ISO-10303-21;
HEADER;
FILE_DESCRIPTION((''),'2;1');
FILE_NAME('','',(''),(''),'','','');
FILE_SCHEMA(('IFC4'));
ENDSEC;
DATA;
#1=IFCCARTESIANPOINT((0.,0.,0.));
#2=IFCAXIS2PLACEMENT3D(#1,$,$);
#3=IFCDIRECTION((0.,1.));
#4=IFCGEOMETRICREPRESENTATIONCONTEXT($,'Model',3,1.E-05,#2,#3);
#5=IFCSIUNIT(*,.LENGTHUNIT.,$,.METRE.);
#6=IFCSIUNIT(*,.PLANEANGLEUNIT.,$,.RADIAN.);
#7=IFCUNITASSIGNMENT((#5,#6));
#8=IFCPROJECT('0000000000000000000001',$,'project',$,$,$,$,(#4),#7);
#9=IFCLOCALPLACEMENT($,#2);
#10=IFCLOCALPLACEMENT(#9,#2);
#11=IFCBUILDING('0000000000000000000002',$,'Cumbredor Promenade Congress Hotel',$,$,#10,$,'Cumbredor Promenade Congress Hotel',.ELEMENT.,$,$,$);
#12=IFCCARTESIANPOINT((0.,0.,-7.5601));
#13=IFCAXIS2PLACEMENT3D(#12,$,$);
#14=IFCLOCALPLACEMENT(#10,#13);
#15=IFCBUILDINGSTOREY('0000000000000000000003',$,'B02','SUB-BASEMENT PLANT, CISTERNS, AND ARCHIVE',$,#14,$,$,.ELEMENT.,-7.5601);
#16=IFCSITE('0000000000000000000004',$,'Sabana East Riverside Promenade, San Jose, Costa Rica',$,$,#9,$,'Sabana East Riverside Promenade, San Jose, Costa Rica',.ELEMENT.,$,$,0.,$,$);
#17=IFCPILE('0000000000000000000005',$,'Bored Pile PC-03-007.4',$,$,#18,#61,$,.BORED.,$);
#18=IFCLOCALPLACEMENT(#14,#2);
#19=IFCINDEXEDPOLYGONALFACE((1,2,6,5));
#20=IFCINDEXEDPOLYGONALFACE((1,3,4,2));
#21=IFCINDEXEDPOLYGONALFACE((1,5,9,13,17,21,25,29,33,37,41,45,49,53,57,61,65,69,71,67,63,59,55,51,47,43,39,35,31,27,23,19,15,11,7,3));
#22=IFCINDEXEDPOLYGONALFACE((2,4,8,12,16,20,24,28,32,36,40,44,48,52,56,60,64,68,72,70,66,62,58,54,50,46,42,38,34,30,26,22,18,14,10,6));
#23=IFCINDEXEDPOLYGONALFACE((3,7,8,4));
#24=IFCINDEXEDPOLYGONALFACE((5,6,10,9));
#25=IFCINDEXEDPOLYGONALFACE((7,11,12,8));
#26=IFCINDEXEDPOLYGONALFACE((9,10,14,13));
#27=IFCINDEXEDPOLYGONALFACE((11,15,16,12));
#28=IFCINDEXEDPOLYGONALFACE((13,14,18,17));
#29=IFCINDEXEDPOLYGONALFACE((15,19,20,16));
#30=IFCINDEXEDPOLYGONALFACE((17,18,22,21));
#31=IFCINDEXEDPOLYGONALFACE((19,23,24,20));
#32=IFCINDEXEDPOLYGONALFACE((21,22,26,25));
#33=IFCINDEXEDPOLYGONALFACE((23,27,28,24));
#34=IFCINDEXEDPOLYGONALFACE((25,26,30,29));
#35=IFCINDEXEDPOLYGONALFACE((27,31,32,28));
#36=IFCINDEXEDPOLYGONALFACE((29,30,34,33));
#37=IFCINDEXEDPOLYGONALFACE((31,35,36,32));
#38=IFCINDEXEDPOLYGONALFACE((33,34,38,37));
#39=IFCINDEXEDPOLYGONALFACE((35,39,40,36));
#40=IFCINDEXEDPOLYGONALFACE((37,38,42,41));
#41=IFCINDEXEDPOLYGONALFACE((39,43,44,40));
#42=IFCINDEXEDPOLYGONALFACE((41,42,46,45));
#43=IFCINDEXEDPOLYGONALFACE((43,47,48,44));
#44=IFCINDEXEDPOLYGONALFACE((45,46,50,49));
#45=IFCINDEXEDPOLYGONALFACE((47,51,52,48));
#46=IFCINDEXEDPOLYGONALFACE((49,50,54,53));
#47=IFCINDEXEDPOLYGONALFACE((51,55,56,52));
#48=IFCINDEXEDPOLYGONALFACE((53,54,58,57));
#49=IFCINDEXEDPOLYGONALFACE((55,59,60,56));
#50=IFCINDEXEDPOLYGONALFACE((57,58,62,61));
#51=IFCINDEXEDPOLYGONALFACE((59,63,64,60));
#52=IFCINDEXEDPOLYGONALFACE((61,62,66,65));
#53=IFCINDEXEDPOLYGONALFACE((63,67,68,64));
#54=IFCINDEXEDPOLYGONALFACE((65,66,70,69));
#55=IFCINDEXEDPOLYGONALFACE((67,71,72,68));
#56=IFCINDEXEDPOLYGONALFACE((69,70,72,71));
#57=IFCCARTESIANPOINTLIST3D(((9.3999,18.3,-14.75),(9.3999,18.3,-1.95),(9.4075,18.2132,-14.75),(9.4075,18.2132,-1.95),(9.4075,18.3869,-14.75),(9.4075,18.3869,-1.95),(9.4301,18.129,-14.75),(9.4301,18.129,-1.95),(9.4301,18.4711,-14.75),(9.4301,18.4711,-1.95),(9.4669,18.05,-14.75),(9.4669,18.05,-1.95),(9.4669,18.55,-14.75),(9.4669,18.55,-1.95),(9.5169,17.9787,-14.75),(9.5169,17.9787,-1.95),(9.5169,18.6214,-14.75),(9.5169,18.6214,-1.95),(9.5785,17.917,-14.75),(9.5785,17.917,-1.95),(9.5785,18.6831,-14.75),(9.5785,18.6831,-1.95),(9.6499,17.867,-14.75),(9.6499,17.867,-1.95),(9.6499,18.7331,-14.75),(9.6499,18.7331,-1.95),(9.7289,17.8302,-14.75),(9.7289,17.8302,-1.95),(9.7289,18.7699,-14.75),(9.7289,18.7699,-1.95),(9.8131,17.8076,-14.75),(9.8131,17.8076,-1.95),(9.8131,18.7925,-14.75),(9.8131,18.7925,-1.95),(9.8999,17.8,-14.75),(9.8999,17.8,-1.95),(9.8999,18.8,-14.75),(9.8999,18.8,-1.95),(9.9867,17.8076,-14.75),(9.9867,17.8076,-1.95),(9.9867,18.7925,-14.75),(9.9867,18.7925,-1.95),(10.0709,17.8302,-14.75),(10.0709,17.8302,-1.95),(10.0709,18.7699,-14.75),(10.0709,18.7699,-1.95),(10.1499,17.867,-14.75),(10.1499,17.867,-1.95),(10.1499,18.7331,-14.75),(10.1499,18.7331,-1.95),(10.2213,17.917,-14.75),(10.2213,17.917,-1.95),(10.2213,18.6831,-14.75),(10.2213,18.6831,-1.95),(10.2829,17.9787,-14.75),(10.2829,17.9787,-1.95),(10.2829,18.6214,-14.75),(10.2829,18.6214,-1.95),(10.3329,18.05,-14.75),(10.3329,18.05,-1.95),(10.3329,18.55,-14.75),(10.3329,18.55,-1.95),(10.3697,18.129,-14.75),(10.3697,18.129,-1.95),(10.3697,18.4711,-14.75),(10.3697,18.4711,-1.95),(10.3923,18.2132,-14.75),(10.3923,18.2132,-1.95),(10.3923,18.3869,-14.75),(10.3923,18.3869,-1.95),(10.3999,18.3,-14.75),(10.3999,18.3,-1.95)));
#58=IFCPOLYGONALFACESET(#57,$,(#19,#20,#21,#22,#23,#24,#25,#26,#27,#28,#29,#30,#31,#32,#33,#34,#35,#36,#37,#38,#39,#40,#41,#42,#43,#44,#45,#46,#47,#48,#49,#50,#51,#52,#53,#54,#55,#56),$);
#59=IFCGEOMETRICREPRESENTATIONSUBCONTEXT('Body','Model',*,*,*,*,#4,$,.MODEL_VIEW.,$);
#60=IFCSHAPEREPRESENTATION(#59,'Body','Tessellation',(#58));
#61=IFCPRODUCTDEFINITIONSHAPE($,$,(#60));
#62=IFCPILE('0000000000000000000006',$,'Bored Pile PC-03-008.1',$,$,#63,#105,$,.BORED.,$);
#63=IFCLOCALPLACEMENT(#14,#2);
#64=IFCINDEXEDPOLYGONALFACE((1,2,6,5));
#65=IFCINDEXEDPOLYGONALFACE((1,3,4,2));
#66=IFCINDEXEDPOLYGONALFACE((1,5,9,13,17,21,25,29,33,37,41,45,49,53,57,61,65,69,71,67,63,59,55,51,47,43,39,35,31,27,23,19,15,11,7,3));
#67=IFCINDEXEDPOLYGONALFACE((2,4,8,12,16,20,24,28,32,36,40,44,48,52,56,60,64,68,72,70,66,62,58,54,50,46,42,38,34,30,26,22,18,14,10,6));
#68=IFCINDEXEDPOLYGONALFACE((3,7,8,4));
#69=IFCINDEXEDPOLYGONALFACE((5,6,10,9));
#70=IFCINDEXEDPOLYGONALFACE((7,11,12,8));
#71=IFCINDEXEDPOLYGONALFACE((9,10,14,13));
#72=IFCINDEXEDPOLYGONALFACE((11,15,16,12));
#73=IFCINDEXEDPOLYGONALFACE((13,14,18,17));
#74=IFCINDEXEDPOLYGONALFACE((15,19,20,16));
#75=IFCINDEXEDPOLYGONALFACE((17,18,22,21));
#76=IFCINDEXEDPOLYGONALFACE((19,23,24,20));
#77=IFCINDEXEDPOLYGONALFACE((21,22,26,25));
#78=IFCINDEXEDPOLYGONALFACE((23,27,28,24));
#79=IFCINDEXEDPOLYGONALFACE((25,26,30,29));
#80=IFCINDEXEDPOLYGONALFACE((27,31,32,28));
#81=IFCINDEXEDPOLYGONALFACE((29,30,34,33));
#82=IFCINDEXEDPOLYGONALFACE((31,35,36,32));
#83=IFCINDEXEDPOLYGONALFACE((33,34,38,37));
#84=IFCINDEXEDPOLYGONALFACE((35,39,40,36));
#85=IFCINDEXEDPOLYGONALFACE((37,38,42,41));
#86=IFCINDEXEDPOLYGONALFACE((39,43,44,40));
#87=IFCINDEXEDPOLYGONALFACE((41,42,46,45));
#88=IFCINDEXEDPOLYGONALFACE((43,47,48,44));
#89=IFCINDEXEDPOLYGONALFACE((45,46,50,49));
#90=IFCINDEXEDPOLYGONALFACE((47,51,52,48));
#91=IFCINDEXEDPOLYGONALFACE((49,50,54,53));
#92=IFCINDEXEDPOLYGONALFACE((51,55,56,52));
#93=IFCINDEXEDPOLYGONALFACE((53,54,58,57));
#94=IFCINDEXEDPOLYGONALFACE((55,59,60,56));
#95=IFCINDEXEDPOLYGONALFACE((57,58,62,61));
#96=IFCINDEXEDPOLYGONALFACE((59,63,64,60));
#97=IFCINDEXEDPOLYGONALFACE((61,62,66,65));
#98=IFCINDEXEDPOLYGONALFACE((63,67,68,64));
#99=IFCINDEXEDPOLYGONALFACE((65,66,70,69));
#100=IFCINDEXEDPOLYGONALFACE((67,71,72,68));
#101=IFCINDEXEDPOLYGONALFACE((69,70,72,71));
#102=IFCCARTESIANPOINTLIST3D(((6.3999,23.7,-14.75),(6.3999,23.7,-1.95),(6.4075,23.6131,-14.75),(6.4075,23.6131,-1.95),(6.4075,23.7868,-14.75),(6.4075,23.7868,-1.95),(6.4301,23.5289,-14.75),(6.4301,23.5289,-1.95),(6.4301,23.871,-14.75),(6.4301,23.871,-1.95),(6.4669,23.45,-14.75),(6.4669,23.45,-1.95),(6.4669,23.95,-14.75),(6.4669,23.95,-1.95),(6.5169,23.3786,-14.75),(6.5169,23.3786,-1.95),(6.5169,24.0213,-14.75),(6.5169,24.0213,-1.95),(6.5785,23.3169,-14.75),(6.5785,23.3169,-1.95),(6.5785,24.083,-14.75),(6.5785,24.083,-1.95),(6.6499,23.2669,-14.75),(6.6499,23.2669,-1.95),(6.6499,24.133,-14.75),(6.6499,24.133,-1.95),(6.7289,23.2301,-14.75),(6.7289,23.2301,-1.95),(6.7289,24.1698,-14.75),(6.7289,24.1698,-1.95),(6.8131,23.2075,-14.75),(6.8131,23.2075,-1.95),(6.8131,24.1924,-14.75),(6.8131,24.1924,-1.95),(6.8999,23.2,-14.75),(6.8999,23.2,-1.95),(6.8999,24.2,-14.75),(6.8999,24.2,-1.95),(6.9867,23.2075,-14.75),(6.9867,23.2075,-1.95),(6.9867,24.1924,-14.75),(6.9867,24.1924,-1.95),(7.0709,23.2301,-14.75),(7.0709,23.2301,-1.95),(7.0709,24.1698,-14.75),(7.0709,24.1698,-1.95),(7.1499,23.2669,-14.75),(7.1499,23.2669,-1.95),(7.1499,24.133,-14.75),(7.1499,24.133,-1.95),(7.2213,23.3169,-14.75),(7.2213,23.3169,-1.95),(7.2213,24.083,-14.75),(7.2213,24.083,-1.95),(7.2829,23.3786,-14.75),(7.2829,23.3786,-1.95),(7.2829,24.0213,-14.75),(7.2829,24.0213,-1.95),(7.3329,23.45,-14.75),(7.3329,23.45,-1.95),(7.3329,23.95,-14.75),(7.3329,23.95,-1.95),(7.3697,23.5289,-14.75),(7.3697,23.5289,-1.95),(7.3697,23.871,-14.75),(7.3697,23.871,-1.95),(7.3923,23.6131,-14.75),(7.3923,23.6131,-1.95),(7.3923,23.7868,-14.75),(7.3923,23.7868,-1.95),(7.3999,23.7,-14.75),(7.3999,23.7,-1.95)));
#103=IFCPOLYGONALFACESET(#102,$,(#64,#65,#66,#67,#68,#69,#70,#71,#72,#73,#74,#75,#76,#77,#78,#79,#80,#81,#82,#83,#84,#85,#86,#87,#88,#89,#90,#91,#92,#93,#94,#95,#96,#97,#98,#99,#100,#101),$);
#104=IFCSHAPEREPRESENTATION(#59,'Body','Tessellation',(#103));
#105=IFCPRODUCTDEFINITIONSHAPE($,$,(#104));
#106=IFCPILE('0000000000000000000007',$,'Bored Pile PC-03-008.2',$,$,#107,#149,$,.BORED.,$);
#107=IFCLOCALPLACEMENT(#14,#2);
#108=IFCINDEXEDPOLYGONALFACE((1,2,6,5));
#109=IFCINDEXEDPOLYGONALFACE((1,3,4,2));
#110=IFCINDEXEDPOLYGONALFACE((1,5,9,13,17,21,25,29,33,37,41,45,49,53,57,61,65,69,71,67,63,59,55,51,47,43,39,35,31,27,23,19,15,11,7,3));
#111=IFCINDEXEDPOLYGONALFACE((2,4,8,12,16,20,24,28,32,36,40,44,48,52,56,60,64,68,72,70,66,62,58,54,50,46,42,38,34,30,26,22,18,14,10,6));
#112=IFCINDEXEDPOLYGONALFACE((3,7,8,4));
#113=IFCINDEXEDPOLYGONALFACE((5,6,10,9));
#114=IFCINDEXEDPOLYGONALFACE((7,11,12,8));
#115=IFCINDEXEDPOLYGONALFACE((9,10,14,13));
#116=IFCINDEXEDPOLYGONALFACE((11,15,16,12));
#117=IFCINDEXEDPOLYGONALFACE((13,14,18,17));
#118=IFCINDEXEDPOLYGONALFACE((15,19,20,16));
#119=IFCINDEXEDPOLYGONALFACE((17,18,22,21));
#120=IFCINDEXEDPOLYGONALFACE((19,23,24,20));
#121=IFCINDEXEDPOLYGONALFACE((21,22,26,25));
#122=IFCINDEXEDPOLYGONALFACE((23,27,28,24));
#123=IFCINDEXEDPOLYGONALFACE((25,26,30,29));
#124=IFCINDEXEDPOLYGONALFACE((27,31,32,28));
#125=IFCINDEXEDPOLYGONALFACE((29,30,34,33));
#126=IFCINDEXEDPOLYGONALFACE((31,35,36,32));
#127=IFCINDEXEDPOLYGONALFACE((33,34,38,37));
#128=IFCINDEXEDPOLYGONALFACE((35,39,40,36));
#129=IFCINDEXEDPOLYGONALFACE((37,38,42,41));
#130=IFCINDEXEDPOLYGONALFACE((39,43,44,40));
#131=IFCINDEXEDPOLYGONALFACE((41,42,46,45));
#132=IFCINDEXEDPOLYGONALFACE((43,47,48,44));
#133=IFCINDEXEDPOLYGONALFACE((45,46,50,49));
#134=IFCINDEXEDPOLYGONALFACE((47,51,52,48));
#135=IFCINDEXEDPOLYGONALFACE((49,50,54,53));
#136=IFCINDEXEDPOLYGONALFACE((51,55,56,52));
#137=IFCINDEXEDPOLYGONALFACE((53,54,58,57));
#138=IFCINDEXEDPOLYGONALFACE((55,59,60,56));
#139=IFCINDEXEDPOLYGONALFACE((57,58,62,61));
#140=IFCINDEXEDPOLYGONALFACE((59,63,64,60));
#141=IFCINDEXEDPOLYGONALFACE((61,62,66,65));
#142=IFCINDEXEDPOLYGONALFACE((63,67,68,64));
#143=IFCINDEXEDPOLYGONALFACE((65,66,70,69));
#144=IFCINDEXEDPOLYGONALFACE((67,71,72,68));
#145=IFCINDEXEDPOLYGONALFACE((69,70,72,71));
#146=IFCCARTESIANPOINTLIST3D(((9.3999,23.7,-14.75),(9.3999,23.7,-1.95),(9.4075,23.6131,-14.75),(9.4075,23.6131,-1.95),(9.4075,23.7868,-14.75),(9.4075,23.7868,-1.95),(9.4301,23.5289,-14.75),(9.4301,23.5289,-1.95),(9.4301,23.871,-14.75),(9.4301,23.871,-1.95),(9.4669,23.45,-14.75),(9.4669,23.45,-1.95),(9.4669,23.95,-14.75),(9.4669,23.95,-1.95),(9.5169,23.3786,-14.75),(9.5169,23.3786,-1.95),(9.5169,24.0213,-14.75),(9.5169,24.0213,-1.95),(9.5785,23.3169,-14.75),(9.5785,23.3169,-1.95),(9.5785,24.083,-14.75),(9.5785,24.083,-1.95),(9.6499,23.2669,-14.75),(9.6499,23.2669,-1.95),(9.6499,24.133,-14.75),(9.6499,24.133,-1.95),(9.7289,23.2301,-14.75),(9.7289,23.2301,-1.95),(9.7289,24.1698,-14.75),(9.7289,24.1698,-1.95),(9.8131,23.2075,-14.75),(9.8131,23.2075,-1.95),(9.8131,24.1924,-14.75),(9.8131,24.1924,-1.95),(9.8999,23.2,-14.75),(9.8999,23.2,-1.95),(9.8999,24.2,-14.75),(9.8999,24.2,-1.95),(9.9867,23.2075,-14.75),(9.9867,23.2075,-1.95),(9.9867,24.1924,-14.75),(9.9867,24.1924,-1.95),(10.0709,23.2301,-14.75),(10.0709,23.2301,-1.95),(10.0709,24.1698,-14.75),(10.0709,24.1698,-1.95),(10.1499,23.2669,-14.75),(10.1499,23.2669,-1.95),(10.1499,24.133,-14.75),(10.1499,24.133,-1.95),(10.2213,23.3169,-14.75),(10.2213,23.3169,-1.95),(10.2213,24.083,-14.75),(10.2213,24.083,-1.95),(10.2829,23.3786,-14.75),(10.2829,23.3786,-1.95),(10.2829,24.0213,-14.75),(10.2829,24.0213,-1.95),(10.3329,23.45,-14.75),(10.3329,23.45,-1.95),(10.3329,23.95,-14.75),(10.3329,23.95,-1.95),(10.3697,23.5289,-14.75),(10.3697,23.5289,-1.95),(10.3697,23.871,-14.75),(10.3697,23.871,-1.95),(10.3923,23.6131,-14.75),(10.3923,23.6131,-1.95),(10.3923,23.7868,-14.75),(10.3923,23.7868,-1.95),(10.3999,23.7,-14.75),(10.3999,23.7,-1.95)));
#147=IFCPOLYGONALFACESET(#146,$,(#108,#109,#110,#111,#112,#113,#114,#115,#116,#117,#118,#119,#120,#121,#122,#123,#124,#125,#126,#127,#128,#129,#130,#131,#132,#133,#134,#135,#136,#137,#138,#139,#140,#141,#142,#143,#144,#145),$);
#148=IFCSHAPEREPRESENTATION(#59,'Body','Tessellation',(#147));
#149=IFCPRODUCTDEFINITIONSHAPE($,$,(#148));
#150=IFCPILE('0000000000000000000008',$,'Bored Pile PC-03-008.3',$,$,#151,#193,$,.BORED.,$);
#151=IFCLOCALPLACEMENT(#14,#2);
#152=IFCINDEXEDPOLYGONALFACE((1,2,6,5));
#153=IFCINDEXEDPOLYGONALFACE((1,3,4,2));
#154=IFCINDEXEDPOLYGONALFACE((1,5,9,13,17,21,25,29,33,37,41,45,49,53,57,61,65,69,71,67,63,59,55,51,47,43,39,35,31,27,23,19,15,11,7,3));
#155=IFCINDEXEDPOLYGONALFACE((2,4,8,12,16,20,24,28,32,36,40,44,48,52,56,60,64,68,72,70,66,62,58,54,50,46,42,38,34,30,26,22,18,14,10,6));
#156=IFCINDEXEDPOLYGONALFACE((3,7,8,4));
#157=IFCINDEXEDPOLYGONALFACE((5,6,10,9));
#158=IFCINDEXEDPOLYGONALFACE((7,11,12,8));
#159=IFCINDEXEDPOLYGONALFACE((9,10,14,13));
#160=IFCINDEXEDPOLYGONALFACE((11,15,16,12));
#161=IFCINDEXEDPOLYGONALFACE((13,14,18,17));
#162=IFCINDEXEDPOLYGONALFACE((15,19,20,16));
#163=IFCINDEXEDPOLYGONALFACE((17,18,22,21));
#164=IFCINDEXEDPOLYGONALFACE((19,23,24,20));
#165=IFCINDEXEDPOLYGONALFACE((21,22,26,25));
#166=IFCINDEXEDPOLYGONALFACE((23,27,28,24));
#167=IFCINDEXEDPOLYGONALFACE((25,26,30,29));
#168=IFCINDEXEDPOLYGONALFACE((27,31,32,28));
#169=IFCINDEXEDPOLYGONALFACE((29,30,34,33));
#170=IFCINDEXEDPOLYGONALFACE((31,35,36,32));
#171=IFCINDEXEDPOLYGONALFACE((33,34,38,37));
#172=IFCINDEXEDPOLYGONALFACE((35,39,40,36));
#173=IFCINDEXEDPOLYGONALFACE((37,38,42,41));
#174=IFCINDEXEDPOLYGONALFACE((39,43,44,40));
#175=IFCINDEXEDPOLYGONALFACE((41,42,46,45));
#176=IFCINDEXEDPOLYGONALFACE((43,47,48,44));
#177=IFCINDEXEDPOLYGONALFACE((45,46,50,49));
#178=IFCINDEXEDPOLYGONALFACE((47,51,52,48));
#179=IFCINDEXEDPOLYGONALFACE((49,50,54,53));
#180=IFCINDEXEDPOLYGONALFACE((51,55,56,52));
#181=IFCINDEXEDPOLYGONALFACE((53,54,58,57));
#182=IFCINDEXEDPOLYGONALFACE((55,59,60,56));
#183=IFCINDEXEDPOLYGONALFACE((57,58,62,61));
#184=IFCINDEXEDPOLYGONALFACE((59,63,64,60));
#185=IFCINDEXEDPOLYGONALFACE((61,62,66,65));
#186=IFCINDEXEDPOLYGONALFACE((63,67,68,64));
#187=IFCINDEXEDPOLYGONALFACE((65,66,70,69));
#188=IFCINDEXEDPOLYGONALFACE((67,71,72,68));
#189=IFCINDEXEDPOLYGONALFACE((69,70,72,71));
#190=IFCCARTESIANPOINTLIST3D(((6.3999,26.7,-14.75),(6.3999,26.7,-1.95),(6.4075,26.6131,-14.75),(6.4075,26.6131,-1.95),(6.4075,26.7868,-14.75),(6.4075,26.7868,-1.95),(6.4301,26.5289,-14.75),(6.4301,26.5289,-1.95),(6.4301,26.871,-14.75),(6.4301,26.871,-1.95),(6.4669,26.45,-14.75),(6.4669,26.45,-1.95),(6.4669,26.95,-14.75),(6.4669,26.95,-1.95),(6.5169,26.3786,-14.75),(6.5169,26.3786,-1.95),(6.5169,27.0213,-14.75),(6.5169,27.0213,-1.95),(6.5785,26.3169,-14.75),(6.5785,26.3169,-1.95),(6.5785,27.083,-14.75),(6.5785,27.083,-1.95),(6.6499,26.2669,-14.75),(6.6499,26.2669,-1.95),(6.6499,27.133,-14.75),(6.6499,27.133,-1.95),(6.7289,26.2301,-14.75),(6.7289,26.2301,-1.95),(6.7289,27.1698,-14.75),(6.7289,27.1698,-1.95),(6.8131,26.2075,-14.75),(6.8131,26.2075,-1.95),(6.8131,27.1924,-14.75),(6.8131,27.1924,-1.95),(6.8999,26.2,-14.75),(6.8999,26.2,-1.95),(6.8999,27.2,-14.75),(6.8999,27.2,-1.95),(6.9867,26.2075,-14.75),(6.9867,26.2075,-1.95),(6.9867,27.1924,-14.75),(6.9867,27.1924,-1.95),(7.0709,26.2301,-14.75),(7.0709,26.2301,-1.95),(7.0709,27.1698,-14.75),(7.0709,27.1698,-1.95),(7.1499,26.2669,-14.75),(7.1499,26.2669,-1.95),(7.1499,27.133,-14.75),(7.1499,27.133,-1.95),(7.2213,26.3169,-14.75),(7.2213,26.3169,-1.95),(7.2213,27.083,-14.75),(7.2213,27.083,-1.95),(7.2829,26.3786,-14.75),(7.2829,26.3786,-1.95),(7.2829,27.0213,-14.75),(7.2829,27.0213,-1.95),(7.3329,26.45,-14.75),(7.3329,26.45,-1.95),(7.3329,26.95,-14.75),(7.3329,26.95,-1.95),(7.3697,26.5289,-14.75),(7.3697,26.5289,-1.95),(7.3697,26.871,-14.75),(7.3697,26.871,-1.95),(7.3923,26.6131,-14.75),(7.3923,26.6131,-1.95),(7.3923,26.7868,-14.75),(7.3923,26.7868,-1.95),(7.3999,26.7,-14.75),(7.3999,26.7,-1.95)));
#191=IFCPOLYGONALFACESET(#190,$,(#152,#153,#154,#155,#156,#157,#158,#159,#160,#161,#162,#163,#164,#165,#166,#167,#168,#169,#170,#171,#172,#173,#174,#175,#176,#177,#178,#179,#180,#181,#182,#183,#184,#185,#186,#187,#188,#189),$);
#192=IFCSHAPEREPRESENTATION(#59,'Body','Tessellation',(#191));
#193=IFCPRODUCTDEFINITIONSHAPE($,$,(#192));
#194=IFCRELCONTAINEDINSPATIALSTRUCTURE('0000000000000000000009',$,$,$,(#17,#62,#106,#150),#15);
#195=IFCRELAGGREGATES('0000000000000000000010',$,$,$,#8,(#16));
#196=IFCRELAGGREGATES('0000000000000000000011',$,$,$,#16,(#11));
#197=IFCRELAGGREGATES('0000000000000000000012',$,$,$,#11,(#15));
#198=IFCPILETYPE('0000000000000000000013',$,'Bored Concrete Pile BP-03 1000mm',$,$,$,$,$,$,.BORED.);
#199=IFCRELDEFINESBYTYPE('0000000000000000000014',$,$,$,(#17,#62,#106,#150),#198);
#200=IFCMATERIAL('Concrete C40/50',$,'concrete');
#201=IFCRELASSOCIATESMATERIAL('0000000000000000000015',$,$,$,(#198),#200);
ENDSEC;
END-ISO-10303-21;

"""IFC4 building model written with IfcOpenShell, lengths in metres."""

from ifc_helpers import new_model, si_unit, direction, frame, origin, origin_2d, place, context, subcontext, project, spatial, circle, extrude, material, material_profile, profile_set, type_object, element, save


model = new_model("IFC4")

# Units and contexts
model_context = context("Model", 3, precision=1e-05, world=origin(), true_north=direction((0.0, 1.0)))
body_context = subcontext(model_context, "Body", "Model", "MODEL_VIEW")
ifc_project = project(units=[si_unit("LENGTHUNIT", "METRE"), si_unit("PLANEANGLEUNIT", "RADIAN")], contexts=[model_context])

# Site, building, storey
site_placement = place(None, origin())
site = spatial("IfcSite", under=ifc_project, at=site_placement, Name="Sabana East Riverside Promenade, San Jose, Costa Rica", LongName="Sabana East Riverside Promenade, San Jose, Costa Rica", CompositionType="ELEMENT", RefElevation=0.0)
building_placement = place(site_placement, origin())
building = spatial("IfcBuilding", under=site, at=building_placement, Name="Cumbredor Promenade Congress Hotel", LongName="Cumbredor Promenade Congress Hotel", CompositionType="ELEMENT")
storey_placement = place(building_placement, frame((0.0, 0.0, -7.5601)))
storey = spatial("IfcBuildingStorey", under=building, at=storey_placement, Name="B02", Description="SUB-BASEMENT PLANT, CISTERNS, AND ARCHIVE", CompositionType="ELEMENT", Elevation=-7.5601)

# Piles
ifc_material_1 = material(Name="Concrete C40/50", Category="concrete")
ifc_material_profile_1 = material_profile(ifc_material_1, circle(Radius=0.5, at=origin_2d()), Name="PILE D1000")
ifc_profile_set_1 = profile_set([ifc_material_profile_1], Name="Concrete C40/50")
pile_type = type_object("IfcPileType", Name="Bored Concrete Pile BP-03 1000mm", PredefinedType="BORED", material=ifc_profile_set_1)
for number, where, z_axis, x_axis, name in (
    (1, (9.8999, 18.3, -1.95), (0.0, 0.0, -1.0), (1.0, 0.0, 0.0), "Bored Pile PC-03-007.4"),
    (2, (6.8999, 23.7, -1.95), (0.0, 0.0, -1.0), (1.0, 0.0, 0.0), "Bored Pile PC-03-008.1"),
    (3, (9.8999, 23.7, -1.95), (0.0, 0.0, -1.0), (1.0, 0.0, 0.0), "Bored Pile PC-03-008.2"),
    (4, (6.8999, 26.7, -1.95), (0.0, 0.0, -1.0), (1.0, 0.0, 0.0), "Bored Pile PC-03-008.3"),
):
    element("IfcPile", number, at=place(storey_placement, frame(where, z_axis=z_axis, x_axis=x_axis)), inside=storey, type_object=pile_type, Name=name, PredefinedType="BORED", context=body_context, shape_type="SweptSolid", body=[
        extrude(circle(Radius=0.5, at=origin_2d()), origin(), (0.0, 0.0, 1.0), 12.8),
    ])

save(model, "model.ifc")
